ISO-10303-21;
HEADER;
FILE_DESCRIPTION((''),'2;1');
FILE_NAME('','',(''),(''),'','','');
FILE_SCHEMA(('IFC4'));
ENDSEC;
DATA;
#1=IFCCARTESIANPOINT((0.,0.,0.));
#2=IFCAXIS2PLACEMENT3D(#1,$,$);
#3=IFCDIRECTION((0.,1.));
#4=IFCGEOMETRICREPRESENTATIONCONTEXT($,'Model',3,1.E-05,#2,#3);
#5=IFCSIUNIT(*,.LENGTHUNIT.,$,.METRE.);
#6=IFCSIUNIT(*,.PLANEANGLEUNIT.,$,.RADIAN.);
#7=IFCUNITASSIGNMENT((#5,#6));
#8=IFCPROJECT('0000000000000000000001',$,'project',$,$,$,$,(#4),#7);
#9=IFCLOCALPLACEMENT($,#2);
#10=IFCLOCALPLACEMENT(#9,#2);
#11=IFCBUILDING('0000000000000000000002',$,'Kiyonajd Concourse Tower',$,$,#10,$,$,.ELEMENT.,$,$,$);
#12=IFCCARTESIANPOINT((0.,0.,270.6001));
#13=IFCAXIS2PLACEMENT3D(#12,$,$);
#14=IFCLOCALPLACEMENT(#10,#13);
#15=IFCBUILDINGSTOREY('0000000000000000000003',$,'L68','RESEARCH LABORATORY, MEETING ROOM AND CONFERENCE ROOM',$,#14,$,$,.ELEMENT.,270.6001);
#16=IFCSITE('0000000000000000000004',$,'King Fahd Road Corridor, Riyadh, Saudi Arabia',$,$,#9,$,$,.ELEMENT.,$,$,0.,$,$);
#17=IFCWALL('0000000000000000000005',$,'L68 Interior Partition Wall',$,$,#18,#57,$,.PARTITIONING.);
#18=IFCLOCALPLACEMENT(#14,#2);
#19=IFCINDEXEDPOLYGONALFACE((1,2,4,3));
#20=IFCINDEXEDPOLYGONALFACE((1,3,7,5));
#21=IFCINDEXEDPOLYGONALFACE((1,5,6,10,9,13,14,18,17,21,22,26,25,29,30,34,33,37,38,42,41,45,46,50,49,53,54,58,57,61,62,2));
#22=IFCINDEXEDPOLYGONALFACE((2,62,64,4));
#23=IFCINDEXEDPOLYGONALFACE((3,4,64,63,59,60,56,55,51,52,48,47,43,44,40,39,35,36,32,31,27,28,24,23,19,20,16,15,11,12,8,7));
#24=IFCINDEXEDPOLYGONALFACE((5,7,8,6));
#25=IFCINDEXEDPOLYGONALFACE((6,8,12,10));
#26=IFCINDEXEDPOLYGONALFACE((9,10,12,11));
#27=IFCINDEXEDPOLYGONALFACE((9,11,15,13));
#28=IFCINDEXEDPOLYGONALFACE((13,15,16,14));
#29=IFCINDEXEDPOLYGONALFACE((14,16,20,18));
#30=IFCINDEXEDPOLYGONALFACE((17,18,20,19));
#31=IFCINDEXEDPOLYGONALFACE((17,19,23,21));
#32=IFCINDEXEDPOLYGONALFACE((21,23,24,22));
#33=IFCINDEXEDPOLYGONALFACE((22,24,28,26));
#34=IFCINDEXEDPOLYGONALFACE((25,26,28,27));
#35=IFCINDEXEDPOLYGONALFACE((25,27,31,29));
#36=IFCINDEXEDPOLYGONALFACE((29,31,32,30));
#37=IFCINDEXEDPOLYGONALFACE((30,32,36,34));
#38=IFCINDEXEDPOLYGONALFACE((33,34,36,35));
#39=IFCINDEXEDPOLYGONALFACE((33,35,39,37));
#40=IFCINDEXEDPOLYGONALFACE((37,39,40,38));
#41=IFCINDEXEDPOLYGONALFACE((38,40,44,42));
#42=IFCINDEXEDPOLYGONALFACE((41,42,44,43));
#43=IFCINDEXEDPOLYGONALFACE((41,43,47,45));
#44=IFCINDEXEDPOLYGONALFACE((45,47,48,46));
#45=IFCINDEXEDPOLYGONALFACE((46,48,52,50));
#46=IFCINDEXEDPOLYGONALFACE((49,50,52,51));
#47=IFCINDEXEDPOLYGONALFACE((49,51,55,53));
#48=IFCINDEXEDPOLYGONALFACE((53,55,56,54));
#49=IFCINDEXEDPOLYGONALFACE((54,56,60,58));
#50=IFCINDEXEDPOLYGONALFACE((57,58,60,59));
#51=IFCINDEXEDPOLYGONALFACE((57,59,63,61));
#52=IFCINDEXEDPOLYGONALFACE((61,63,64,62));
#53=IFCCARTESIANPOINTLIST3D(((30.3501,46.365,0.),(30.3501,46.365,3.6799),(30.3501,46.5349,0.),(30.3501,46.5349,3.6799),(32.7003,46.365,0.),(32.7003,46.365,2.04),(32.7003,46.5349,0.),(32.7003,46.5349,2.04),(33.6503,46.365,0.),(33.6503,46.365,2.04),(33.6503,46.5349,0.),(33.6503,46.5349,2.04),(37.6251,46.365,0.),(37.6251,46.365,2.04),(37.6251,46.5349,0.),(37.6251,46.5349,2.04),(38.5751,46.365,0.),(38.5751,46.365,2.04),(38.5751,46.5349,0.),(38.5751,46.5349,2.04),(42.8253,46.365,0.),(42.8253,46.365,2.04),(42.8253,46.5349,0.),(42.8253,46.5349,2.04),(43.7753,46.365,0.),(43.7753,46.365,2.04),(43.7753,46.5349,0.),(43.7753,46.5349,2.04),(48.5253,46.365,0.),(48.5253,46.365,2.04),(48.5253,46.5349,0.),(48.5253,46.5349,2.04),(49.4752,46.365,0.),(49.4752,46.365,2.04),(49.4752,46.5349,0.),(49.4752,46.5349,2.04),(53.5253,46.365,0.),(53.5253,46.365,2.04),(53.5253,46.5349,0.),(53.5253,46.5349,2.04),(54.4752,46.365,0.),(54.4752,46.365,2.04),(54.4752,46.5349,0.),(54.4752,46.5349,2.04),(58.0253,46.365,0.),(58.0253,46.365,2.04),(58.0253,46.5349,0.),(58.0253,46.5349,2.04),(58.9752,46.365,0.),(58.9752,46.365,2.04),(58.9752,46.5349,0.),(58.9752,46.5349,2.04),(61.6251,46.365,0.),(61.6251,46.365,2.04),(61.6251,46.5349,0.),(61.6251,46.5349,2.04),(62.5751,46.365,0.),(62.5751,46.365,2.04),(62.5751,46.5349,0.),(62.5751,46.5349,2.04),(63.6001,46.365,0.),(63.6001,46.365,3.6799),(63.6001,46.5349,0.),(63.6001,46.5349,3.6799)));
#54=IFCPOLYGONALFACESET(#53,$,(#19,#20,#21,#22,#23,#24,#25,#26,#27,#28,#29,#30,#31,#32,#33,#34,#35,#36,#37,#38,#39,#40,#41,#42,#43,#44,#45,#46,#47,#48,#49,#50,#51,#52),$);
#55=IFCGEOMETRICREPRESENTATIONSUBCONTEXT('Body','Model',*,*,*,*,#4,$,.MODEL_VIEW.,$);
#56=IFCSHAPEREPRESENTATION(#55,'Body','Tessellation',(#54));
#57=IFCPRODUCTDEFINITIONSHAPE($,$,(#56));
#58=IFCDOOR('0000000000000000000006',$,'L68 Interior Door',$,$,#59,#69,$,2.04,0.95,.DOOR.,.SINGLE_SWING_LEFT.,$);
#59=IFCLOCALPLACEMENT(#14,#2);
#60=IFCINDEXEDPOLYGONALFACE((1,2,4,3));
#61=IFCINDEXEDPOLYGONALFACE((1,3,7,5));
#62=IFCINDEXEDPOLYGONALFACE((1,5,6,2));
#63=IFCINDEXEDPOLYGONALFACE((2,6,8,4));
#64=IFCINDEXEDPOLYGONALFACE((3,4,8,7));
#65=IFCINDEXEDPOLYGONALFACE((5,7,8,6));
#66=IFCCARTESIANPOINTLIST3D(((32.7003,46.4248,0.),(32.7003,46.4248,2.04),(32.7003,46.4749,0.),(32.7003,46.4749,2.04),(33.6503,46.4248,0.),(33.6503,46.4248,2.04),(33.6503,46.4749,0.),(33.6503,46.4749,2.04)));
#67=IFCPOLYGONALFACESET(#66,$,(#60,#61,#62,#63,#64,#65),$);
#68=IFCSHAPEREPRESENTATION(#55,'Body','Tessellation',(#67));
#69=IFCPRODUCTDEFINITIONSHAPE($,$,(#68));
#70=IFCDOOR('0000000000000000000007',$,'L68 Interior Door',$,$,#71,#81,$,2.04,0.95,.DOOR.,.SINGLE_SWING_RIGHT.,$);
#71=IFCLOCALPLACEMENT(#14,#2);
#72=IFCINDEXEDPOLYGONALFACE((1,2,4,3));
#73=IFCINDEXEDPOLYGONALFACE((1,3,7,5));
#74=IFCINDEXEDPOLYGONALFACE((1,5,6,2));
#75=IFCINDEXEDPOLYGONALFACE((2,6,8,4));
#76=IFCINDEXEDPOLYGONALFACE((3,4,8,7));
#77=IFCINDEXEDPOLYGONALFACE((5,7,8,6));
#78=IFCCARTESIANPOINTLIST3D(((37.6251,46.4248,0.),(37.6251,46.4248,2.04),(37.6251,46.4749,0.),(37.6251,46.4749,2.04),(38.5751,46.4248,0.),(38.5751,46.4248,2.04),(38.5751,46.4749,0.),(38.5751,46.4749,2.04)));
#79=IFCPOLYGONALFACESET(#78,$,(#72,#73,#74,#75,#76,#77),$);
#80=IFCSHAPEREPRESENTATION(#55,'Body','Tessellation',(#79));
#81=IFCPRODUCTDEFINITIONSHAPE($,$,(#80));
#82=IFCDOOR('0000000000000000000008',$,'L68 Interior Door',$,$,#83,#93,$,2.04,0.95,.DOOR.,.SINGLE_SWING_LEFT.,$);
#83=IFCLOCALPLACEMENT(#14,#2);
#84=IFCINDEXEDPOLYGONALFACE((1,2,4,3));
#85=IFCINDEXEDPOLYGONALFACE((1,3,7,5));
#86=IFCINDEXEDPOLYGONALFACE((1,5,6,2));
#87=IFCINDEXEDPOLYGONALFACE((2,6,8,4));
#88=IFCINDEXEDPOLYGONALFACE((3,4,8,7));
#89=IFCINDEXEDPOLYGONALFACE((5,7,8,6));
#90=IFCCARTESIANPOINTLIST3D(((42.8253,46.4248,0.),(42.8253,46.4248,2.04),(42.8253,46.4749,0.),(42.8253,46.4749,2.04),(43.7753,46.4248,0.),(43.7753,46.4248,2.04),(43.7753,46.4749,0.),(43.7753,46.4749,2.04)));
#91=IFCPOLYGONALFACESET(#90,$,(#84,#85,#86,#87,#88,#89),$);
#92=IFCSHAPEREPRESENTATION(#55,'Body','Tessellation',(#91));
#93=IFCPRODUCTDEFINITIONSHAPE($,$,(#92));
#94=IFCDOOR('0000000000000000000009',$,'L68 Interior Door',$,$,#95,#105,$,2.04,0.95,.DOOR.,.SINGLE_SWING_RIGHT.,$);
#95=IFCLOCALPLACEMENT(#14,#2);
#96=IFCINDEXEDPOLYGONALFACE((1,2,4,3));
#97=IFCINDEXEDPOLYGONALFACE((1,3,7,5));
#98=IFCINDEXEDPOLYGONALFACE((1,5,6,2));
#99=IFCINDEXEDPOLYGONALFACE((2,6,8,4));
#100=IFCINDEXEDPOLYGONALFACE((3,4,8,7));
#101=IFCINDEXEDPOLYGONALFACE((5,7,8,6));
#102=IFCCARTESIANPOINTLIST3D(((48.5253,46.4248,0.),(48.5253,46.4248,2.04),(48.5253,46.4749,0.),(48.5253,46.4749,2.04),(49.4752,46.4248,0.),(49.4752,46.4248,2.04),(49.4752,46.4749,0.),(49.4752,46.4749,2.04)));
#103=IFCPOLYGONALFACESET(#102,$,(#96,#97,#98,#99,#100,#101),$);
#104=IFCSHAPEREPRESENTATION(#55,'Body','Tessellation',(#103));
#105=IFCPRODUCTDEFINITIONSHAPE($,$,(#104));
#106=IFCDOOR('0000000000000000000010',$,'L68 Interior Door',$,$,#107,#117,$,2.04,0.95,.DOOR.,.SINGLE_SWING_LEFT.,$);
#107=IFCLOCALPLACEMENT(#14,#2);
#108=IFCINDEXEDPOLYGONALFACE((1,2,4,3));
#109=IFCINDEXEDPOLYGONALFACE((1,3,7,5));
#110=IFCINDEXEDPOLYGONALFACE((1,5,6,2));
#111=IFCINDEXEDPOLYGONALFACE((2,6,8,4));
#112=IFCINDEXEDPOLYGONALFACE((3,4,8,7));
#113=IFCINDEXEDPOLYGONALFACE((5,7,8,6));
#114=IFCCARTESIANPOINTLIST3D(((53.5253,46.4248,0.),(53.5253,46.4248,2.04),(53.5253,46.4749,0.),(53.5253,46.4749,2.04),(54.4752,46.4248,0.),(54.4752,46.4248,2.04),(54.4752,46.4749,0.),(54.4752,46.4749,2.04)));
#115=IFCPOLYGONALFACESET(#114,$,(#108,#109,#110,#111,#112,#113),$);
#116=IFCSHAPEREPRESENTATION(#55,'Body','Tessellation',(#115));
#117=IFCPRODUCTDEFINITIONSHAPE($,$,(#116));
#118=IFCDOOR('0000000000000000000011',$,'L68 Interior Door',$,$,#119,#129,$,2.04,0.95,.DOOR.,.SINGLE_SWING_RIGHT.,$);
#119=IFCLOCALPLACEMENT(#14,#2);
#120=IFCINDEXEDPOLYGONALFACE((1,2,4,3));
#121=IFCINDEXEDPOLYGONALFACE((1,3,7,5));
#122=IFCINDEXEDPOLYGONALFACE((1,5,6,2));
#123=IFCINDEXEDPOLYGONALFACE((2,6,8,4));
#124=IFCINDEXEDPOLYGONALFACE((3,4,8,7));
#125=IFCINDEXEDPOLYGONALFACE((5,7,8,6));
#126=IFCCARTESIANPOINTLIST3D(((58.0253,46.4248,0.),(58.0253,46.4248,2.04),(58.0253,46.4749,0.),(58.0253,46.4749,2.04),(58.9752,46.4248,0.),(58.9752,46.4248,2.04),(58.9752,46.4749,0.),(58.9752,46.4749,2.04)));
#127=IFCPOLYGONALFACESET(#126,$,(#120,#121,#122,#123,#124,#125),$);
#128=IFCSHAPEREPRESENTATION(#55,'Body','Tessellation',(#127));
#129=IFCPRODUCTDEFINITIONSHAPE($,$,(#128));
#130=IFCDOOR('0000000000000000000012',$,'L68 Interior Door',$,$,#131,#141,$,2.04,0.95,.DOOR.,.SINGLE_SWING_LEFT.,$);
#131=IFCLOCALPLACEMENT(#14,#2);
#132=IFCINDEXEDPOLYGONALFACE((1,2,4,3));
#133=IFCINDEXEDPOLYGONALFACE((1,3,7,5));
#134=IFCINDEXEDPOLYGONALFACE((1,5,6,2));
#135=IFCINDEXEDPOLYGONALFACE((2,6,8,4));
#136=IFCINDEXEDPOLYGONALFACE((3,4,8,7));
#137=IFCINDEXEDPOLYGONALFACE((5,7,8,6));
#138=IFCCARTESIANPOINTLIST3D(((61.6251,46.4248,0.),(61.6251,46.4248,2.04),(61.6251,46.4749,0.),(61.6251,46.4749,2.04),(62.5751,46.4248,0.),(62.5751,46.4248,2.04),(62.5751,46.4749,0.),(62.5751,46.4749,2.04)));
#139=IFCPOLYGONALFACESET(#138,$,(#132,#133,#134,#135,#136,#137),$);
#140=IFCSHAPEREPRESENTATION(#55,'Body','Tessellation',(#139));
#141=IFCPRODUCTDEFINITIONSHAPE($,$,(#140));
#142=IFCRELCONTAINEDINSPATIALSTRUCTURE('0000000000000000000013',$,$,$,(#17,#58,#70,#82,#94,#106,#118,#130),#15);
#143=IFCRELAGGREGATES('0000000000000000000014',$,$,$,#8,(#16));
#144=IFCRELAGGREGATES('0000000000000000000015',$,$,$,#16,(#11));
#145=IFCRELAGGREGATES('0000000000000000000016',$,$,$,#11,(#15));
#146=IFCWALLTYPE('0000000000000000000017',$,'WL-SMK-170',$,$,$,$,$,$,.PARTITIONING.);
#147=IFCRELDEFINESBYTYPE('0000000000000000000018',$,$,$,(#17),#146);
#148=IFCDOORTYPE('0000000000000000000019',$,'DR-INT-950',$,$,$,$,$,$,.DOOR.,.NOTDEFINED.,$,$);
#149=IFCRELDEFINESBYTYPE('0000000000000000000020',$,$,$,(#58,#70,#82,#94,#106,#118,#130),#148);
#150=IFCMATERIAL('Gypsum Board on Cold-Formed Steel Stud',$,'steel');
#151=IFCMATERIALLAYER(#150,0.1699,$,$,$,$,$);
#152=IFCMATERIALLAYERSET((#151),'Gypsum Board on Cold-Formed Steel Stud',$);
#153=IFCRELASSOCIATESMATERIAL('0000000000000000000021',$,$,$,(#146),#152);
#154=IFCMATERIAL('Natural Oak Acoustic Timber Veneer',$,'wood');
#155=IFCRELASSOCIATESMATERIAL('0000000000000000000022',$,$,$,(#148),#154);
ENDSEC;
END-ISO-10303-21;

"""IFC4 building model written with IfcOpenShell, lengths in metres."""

from ifc_helpers import new_model, si_unit, direction, frame, frame_2d, origin, place, context, subcontext, project, spatial, rectangle, extrude, material, layer, layer_set, type_object, element, fill, save


model = new_model("IFC4")

# Units and contexts
model_context = context("Model", 3, precision=1e-05, world=origin(), true_north=direction((0.0, 1.0)))
body_context = subcontext(model_context, "Body", "Model", "MODEL_VIEW")
ifc_project = project(units=[si_unit("LENGTHUNIT", "METRE"), si_unit("PLANEANGLEUNIT", "RADIAN")], contexts=[model_context])

# Site, building, storey
site_placement = place(None, origin())
site = spatial("IfcSite", under=ifc_project, at=site_placement, Name="King Fahd Road Corridor, Riyadh, Saudi Arabia", CompositionType="ELEMENT", RefElevation=0.0)
building_placement = place(site_placement, origin())
building = spatial("IfcBuilding", under=site, at=building_placement, Name="Kiyonajd Concourse Tower", CompositionType="ELEMENT")
storey_placement = place(building_placement, frame((0.0, 0.0, 270.6001)))
storey = spatial("IfcBuildingStorey", under=building, at=storey_placement, Name="L68", Description="RESEARCH LABORATORY, MEETING ROOM AND CONFERENCE ROOM", CompositionType="ELEMENT", Elevation=270.6001)

# Wall, openings, doors
ifc_material_1 = material(Name="Gypsum Board on Cold-Formed Steel Stud", Category="steel")
ifc_layer_1 = layer(ifc_material_1, 0.1699)
ifc_layer_set_1 = layer_set([ifc_layer_1], Name="Gypsum Board on Cold-Formed Steel Stud")
wall_type_1 = type_object("IfcWallType", Name="WL-SMK-170", PredefinedType="PARTITIONING", material=ifc_layer_set_1)
wall_1_placement = place(storey_placement, frame((30.3501, 46.45, 0.0), z_axis=(0.0, 0.0, 1.0), x_axis=(1.0, 0.0, 0.0)))
wall_1 = element("IfcWall", 1, at=wall_1_placement, inside=storey, type_object=wall_type_1, Name="L68 Interior Partition Wall", PredefinedType="PARTITIONING", context=body_context, shape_type="SweptSolid", body=[
    extrude(rectangle(XDim=33.25, YDim=0.1699, at=frame_2d((16.625, 0.0))), origin(), (0.0, 0.0, 1.0), 3.6799),
])
opening_1_placement = place(wall_1_placement, frame((2.3501, 0.0, 0.0)))
opening_1 = element("IfcOpeningElement", 2, at=opening_1_placement, cuts=wall_1, PredefinedType="OPENING", context=body_context, shape_type="SweptSolid", body=[
    extrude(rectangle(XDim=0.95, YDim=2.04, at=frame_2d((0.4751, 1.02))), frame((0.0, 0.095, 0.0), z_axis=(0.0, -1.0, 0.0), x_axis=(1.0, 0.0, 0.0)), (0.0, 0.0, 1.0), 0.1899),
])
opening_2_placement = place(wall_1_placement, frame((7.2749, 0.0, 0.0)))
opening_2 = element("IfcOpeningElement", 3, at=opening_2_placement, cuts=wall_1, PredefinedType="OPENING", context=body_context, shape_type="SweptSolid", body=[
    extrude(rectangle(XDim=0.95, YDim=2.04, at=frame_2d((0.4751, 1.02))), frame((0.0, 0.095, 0.0), z_axis=(0.0, -1.0, 0.0), x_axis=(1.0, 0.0, 0.0)), (0.0, 0.0, 1.0), 0.1899),
])
opening_3_placement = place(wall_1_placement, frame((12.4751, 0.0, 0.0)))
opening_3 = element("IfcOpeningElement", 4, at=opening_3_placement, cuts=wall_1, PredefinedType="OPENING", context=body_context, shape_type="SweptSolid", body=[
    extrude(rectangle(XDim=0.95, YDim=2.04, at=frame_2d((0.4751, 1.02))), frame((0.0, 0.095, 0.0), z_axis=(0.0, -1.0, 0.0), x_axis=(1.0, 0.0, 0.0)), (0.0, 0.0, 1.0), 0.1899),
])
opening_4_placement = place(wall_1_placement, frame((18.175, 0.0, 0.0)))
opening_4 = element("IfcOpeningElement", 5, at=opening_4_placement, cuts=wall_1, PredefinedType="OPENING", context=body_context, shape_type="SweptSolid", body=[
    extrude(rectangle(XDim=0.95, YDim=2.04, at=frame_2d((0.4751, 1.02))), frame((0.0, 0.095, 0.0), z_axis=(0.0, -1.0, 0.0), x_axis=(1.0, 0.0, 0.0)), (0.0, 0.0, 1.0), 0.1899),
])
opening_5_placement = place(wall_1_placement, frame((23.175, 0.0, 0.0)))
opening_5 = element("IfcOpeningElement", 6, at=opening_5_placement, cuts=wall_1, PredefinedType="OPENING", context=body_context, shape_type="SweptSolid", body=[
    extrude(rectangle(XDim=0.95, YDim=2.04, at=frame_2d((0.4751, 1.02))), frame((0.0, 0.095, 0.0), z_axis=(0.0, -1.0, 0.0), x_axis=(1.0, 0.0, 0.0)), (0.0, 0.0, 1.0), 0.1899),
])
opening_6_placement = place(wall_1_placement, frame((27.675, 0.0, 0.0)))
opening_6 = element("IfcOpeningElement", 7, at=opening_6_placement, cuts=wall_1, PredefinedType="OPENING", context=body_context, shape_type="SweptSolid", body=[
    extrude(rectangle(XDim=0.95, YDim=2.04, at=frame_2d((0.4751, 1.02))), frame((0.0, 0.095, 0.0), z_axis=(0.0, -1.0, 0.0), x_axis=(1.0, 0.0, 0.0)), (0.0, 0.0, 1.0), 0.1899),
])
opening_7_placement = place(wall_1_placement, frame((31.2749, 0.0, 0.0)))
opening_7 = element("IfcOpeningElement", 8, at=opening_7_placement, cuts=wall_1, PredefinedType="OPENING", context=body_context, shape_type="SweptSolid", body=[
    extrude(rectangle(XDim=0.95, YDim=2.04, at=frame_2d((0.4751, 1.02))), frame((0.0, 0.095, 0.0), z_axis=(0.0, -1.0, 0.0), x_axis=(1.0, 0.0, 0.0)), (0.0, 0.0, 1.0), 0.1899),
])
ifc_material_2 = material(Name="Natural Oak Acoustic Timber Veneer", Category="wood")
door_type = type_object("IfcDoorType", Name="DR-INT-950", OperationType="NOTDEFINED", PredefinedType="DOOR", material=ifc_material_2)
door_1_placement = place(opening_1_placement, origin())
door_1 = element("IfcDoor", 9, at=door_1_placement, inside=storey, type_object=door_type, Name="L68 Interior Door", OperationType="SINGLE_SWING_LEFT", OverallHeight=2.04, OverallWidth=0.95, PredefinedType="DOOR", context=body_context, shape_type="SweptSolid", body=[
    extrude(rectangle(XDim=0.95, YDim=2.04, at=frame_2d((0.4751, 1.02))), frame((0.0, 0.0249, 0.0), z_axis=(0.0, -1.0, 0.0), x_axis=(1.0, 0.0, 0.0)), (0.0, 0.0, 1.0), 0.05),
])
fill(opening_1, door_1)
door_2_placement = place(opening_2_placement, origin())
door_2 = element("IfcDoor", 10, at=door_2_placement, inside=storey, type_object=door_type, Name="L68 Interior Door", OperationType="SINGLE_SWING_RIGHT", OverallHeight=2.04, OverallWidth=0.95, PredefinedType="DOOR", context=body_context, shape_type="SweptSolid", body=[
    extrude(rectangle(XDim=0.95, YDim=2.04, at=frame_2d((0.4751, 1.02))), frame((0.0, 0.0249, 0.0), z_axis=(0.0, -1.0, 0.0), x_axis=(1.0, 0.0, 0.0)), (0.0, 0.0, 1.0), 0.05),
])
fill(opening_2, door_2)
door_3_placement = place(opening_3_placement, origin())
door_3 = element("IfcDoor", 11, at=door_3_placement, inside=storey, type_object=door_type, Name="L68 Interior Door", OperationType="SINGLE_SWING_LEFT", OverallHeight=2.04, OverallWidth=0.95, PredefinedType="DOOR", context=body_context, shape_type="SweptSolid", body=[
    extrude(rectangle(XDim=0.95, YDim=2.04, at=frame_2d((0.4751, 1.02))), frame((0.0, 0.0249, 0.0), z_axis=(0.0, -1.0, 0.0), x_axis=(1.0, 0.0, 0.0)), (0.0, 0.0, 1.0), 0.05),
])
fill(opening_3, door_3)
door_4_placement = place(opening_4_placement, origin())
door_4 = element("IfcDoor", 12, at=door_4_placement, inside=storey, type_object=door_type, Name="L68 Interior Door", OperationType="SINGLE_SWING_RIGHT", OverallHeight=2.04, OverallWidth=0.95, PredefinedType="DOOR", context=body_context, shape_type="SweptSolid", body=[
    extrude(rectangle(XDim=0.95, YDim=2.04, at=frame_2d((0.4751, 1.02))), frame((0.0, 0.0249, 0.0), z_axis=(0.0, -1.0, 0.0), x_axis=(1.0, 0.0, 0.0)), (0.0, 0.0, 1.0), 0.05),
])
fill(opening_4, door_4)
door_5_placement = place(opening_5_placement, origin())
door_5 = element("IfcDoor", 13, at=door_5_placement, inside=storey, type_object=door_type, Name="L68 Interior Door", OperationType="SINGLE_SWING_LEFT", OverallHeight=2.04, OverallWidth=0.95, PredefinedType="DOOR", context=body_context, shape_type="SweptSolid", body=[
    extrude(rectangle(XDim=0.95, YDim=2.04, at=frame_2d((0.4751, 1.02))), frame((0.0, 0.0249, 0.0), z_axis=(0.0, -1.0, 0.0), x_axis=(1.0, 0.0, 0.0)), (0.0, 0.0, 1.0), 0.05),
])
fill(opening_5, door_5)
door_6_placement = place(opening_6_placement, origin())
door_6 = element("IfcDoor", 14, at=door_6_placement, inside=storey, type_object=door_type, Name="L68 Interior Door", OperationType="SINGLE_SWING_RIGHT", OverallHeight=2.04, OverallWidth=0.95, PredefinedType="DOOR", context=body_context, shape_type="SweptSolid", body=[
    extrude(rectangle(XDim=0.95, YDim=2.04, at=frame_2d((0.4751, 1.02))), frame((0.0, 0.0249, 0.0), z_axis=(0.0, -1.0, 0.0), x_axis=(1.0, 0.0, 0.0)), (0.0, 0.0, 1.0), 0.05),
])
fill(opening_6, door_6)
door_7_placement = place(opening_7_placement, origin())
door_7 = element("IfcDoor", 15, at=door_7_placement, inside=storey, type_object=door_type, Name="L68 Interior Door", OperationType="SINGLE_SWING_LEFT", OverallHeight=2.04, OverallWidth=0.95, PredefinedType="DOOR", context=body_context, shape_type="SweptSolid", body=[
    extrude(rectangle(XDim=0.95, YDim=2.04, at=frame_2d((0.4751, 1.02))), frame((0.0, 0.0249, 0.0), z_axis=(0.0, -1.0, 0.0), x_axis=(1.0, 0.0, 0.0)), (0.0, 0.0, 1.0), 0.05),
])
fill(opening_7, door_7)

save(model, "model.ifc")
